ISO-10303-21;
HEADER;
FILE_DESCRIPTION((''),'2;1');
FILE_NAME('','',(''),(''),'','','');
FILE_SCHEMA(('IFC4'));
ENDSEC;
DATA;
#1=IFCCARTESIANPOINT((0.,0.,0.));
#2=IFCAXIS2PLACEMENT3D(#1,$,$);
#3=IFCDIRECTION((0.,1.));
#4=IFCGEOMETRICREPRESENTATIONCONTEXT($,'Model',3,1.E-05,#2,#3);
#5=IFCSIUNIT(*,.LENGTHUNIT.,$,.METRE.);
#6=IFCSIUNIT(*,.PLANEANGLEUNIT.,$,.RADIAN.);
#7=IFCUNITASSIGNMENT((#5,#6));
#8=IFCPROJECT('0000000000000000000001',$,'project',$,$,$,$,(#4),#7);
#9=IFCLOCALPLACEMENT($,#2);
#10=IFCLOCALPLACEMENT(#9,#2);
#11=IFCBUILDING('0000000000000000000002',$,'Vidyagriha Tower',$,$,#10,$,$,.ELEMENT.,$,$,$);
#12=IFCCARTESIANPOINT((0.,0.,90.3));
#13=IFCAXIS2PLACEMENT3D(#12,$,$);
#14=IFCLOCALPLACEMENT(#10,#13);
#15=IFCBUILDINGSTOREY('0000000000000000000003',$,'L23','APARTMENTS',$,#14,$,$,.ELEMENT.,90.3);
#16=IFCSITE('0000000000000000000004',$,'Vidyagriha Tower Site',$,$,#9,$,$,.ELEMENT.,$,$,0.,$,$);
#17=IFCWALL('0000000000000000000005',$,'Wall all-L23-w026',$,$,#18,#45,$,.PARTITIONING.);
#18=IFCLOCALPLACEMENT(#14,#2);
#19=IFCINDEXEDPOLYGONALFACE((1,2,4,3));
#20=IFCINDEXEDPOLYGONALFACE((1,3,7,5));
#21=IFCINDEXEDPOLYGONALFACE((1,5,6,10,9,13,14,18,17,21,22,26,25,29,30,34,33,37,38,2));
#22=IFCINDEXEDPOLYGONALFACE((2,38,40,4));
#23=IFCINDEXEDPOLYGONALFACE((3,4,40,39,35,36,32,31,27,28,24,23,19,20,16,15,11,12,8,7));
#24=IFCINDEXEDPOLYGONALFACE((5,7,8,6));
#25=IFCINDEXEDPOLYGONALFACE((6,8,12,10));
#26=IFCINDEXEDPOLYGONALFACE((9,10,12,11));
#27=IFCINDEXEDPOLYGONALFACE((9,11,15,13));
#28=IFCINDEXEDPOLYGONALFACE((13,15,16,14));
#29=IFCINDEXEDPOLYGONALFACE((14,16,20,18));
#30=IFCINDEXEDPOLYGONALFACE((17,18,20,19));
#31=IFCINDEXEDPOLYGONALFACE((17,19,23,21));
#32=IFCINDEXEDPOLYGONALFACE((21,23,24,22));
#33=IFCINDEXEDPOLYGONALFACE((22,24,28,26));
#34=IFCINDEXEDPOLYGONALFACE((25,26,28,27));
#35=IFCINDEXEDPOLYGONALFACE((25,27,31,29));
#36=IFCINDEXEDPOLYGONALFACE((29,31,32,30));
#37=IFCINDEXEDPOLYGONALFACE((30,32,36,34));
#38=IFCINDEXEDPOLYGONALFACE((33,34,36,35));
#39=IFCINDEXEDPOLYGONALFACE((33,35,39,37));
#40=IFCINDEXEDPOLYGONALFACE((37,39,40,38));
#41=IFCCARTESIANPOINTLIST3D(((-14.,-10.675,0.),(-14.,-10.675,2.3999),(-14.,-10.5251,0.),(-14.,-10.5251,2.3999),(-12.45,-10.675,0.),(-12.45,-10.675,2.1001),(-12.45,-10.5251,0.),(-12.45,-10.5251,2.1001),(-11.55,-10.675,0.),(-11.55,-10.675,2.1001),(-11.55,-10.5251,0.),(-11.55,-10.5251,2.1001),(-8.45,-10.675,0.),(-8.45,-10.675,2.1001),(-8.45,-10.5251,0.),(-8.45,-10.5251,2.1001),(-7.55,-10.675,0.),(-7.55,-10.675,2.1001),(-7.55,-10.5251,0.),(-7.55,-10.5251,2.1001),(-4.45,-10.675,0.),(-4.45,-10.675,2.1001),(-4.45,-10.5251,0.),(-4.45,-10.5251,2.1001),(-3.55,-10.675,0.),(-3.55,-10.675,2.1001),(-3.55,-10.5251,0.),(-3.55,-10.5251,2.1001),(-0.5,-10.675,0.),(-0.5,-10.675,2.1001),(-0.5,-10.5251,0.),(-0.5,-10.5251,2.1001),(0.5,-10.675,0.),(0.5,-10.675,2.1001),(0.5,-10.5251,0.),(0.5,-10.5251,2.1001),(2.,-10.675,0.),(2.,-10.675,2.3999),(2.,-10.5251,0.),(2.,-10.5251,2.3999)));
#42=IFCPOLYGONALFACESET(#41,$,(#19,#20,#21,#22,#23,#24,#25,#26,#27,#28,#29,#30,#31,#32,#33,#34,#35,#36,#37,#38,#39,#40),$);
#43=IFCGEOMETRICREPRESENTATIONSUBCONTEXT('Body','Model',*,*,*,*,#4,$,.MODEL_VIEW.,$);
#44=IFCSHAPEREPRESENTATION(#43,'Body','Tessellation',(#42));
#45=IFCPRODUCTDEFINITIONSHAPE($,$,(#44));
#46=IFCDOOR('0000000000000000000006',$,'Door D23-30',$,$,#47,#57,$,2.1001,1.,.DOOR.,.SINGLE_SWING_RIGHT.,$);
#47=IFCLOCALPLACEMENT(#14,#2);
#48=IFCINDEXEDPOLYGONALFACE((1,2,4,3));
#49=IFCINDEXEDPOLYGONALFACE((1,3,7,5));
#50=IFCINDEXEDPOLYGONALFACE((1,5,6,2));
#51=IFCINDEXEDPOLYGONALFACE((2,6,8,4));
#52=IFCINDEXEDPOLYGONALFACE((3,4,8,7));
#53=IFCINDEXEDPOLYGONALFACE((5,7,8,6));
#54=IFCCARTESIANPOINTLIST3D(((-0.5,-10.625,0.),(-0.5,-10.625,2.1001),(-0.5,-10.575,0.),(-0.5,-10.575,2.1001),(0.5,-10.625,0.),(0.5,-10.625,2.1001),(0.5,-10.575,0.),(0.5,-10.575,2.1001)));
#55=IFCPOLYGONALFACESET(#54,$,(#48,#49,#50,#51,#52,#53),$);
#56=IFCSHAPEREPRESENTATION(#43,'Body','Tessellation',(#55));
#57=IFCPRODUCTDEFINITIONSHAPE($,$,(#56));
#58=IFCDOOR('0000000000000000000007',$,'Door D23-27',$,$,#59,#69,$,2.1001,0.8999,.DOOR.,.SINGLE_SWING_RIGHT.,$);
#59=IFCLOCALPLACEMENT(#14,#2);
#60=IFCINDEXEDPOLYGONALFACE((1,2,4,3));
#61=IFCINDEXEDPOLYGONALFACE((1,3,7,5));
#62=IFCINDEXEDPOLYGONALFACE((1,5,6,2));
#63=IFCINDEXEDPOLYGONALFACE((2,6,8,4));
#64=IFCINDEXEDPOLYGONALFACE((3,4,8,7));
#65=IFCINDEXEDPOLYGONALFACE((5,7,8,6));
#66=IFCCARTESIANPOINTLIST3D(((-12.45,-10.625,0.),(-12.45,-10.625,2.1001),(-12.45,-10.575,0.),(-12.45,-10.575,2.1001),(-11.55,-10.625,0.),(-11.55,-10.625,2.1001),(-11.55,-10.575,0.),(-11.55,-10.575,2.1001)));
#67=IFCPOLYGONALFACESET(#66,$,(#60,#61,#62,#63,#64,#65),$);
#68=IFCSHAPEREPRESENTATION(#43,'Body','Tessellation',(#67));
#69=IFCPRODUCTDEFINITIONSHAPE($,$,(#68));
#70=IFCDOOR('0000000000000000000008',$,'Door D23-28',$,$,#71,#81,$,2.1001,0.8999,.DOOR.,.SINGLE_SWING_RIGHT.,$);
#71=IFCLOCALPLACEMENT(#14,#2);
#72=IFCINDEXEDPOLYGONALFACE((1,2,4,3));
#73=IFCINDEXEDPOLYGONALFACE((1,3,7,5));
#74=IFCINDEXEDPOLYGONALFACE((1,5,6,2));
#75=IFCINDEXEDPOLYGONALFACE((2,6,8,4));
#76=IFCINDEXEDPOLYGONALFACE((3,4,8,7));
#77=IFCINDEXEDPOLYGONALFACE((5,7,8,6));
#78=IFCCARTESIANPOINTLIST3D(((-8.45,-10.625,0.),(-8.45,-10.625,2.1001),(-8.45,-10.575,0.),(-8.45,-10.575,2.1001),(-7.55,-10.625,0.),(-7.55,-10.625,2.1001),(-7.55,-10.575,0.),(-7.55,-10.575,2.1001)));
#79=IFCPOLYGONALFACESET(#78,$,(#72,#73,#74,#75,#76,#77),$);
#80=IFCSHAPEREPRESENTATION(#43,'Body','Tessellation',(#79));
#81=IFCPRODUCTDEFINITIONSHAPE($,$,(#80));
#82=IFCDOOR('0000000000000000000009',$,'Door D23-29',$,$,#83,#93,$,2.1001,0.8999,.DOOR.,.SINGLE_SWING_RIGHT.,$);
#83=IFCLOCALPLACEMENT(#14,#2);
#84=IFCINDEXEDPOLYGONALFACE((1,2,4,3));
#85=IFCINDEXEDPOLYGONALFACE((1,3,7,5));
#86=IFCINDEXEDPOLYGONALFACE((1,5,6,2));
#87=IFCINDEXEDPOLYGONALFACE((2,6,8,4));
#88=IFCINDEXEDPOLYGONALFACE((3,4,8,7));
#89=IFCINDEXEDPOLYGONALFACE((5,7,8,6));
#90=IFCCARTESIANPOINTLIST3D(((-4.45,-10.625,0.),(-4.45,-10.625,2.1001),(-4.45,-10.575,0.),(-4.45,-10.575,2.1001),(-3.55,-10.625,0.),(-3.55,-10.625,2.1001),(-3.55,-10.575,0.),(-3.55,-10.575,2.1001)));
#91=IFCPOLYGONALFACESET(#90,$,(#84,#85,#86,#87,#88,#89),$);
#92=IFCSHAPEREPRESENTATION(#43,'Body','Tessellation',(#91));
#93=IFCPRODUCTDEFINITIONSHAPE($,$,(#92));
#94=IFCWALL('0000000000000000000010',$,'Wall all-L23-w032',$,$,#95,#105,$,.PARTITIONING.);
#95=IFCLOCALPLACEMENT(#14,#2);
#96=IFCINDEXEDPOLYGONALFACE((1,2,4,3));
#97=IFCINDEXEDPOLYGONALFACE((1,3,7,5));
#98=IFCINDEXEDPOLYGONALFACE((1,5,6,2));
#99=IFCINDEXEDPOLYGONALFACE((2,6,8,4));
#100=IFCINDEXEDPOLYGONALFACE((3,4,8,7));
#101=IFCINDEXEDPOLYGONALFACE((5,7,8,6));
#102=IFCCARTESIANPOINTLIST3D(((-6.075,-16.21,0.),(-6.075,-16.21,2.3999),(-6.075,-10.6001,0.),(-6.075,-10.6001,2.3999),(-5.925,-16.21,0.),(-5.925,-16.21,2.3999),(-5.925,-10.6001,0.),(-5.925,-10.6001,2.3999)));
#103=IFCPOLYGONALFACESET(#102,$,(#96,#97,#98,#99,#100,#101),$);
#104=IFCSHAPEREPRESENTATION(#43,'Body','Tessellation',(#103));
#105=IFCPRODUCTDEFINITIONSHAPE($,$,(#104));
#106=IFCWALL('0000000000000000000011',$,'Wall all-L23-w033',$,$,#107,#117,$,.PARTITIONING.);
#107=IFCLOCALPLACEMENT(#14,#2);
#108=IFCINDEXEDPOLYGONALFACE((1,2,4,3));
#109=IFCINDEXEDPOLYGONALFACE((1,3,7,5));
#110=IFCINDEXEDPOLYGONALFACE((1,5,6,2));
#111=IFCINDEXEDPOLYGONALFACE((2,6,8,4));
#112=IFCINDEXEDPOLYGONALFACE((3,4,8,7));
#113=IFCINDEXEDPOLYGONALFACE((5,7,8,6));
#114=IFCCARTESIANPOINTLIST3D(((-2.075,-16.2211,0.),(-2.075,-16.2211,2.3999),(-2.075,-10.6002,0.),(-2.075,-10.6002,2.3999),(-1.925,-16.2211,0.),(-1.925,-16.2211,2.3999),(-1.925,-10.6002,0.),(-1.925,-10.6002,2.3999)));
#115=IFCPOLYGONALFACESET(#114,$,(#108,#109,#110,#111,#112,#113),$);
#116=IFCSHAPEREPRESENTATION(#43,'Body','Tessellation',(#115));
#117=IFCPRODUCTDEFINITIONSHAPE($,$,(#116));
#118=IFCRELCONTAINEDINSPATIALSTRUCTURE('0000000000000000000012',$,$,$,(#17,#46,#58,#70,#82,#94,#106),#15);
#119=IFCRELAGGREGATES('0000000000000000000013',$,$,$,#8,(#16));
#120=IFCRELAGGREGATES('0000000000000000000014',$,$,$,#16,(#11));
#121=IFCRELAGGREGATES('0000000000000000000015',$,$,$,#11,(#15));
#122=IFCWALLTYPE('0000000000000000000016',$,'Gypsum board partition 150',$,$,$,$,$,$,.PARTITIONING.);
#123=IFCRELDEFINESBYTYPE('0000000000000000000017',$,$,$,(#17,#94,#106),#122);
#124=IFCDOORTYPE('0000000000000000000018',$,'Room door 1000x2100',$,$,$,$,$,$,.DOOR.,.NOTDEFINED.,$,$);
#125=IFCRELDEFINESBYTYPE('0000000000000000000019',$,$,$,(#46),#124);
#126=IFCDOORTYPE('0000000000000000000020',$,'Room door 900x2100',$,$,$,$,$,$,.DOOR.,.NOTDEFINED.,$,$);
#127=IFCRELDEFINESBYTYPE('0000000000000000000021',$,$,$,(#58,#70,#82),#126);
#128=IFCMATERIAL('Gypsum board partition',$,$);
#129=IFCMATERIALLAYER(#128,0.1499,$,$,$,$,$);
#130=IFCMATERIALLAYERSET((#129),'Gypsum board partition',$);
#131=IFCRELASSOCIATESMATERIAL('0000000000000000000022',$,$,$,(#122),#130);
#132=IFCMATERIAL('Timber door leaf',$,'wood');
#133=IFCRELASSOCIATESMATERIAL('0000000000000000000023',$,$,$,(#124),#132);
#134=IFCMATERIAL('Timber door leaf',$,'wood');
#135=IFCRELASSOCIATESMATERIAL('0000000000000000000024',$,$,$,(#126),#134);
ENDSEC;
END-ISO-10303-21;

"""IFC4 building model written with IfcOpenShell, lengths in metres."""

from ifc_helpers import new_model, si_unit, direction, frame, frame_2d, origin, place, context, subcontext, project, spatial, rectangle, extrude, material, layer, layer_set, type_object, element, fill, save


model = new_model("IFC4")

# Units and contexts
model_context = context("Model", 3, precision=1e-05, world=origin(), true_north=direction((0.0, 1.0)))
body_context = subcontext(model_context, "Body", "Model", "MODEL_VIEW")
ifc_project = project(units=[si_unit("LENGTHUNIT", "METRE"), si_unit("PLANEANGLEUNIT", "RADIAN")], contexts=[model_context])

# Site, building, storey
site_placement = place(None, origin())
site = spatial("IfcSite", under=ifc_project, at=site_placement, Name="Vidyagriha Tower Site", CompositionType="ELEMENT", RefElevation=0.0)
building_placement = place(site_placement, origin())
building = spatial("IfcBuilding", under=site, at=building_placement, Name="Vidyagriha Tower", CompositionType="ELEMENT")
storey_placement = place(building_placement, frame((0.0, 0.0, 90.3)))
storey = spatial("IfcBuildingStorey", under=building, at=storey_placement, Name="L23", Description="APARTMENTS", CompositionType="ELEMENT", Elevation=90.3)

# Wall, openings, doors
ifc_material_1 = material(Name="Gypsum board partition")
ifc_layer_1 = layer(ifc_material_1, 0.1499)
ifc_layer_set_1 = layer_set([ifc_layer_1], Name="Gypsum board partition")
wall_type_1 = type_object("IfcWallType", Name="Gypsum board partition 150", PredefinedType="PARTITIONING", material=ifc_layer_set_1)
wall_1_placement = place(storey_placement, frame((2.0, -10.6001, 0.0), z_axis=(0.0, 0.0, 1.0), x_axis=(-1.0, 0.0, 0.0)))
wall_1 = element("IfcWall", 1, at=wall_1_placement, inside=storey, type_object=wall_type_1, Name="Wall all-L23-w026", PredefinedType="PARTITIONING", context=body_context, shape_type="SweptSolid", body=[
    extrude(rectangle(XDim=16.0, YDim=0.1499, at=frame_2d((8.0, 0.0))), origin(), (0.0, 0.0, 1.0), 2.3999),
])
opening_1_placement = place(wall_1_placement, frame((13.55, 0.0, 0.0)))
opening_1 = element("IfcOpeningElement", 2, at=opening_1_placement, cuts=wall_1, PredefinedType="OPENING", context=body_context, shape_type="SweptSolid", body=[
    extrude(rectangle(XDim=0.8999, YDim=2.1001, at=frame_2d((0.45, 1.05))), frame((0.0, 0.085, 0.0), z_axis=(0.0, -1.0, 0.0), x_axis=(1.0, 0.0, 0.0)), (0.0, 0.0, 1.0), 0.1699),
])
opening_2_placement = place(wall_1_placement, frame((9.55, 0.0, 0.0)))
opening_2 = element("IfcOpeningElement", 3, at=opening_2_placement, cuts=wall_1, PredefinedType="OPENING", context=body_context, shape_type="SweptSolid", body=[
    extrude(rectangle(XDim=0.8999, YDim=2.1001, at=frame_2d((0.45, 1.05))), frame((0.0, 0.085, 0.0), z_axis=(0.0, -1.0, 0.0), x_axis=(1.0, 0.0, 0.0)), (0.0, 0.0, 1.0), 0.1699),
])
opening_3_placement = place(wall_1_placement, frame((5.55, 0.0, 0.0)))
opening_3 = element("IfcOpeningElement", 4, at=opening_3_placement, cuts=wall_1, PredefinedType="OPENING", context=body_context, shape_type="SweptSolid", body=[
    extrude(rectangle(XDim=0.8999, YDim=2.1001, at=frame_2d((0.45, 1.05))), frame((0.0, 0.085, 0.0), z_axis=(0.0, -1.0, 0.0), x_axis=(1.0, 0.0, 0.0)), (0.0, 0.0, 1.0), 0.1699),
])
opening_4_placement = place(wall_1_placement, frame((1.5, 0.0, 0.0)))
opening_4 = element("IfcOpeningElement", 5, at=opening_4_placement, cuts=wall_1, PredefinedType="OPENING", context=body_context, shape_type="SweptSolid", body=[
    extrude(rectangle(XDim=1.0, YDim=2.1001, at=frame_2d((0.5, 1.05))), frame((0.0, 0.085, 0.0), z_axis=(0.0, -1.0, 0.0), x_axis=(1.0, 0.0, 0.0)), (0.0, 0.0, 1.0), 0.1699),
])
ifc_material_2 = material(Name="Timber door leaf", Category="wood")
door_type_1 = type_object("IfcDoorType", Name="Room door 1000x2100", OperationType="NOTDEFINED", PredefinedType="DOOR", material=ifc_material_2)
door_1_placement = place(opening_4_placement, origin())
door_1 = element("IfcDoor", 6, at=door_1_placement, inside=storey, type_object=door_type_1, Name="Door D23-30", OperationType="SINGLE_SWING_RIGHT", OverallHeight=2.1001, OverallWidth=1.0, PredefinedType="DOOR", context=body_context, shape_type="SweptSolid", body=[
    extrude(rectangle(XDim=1.0, YDim=2.1001, at=frame_2d((0.5, 1.05))), frame((0.0, 0.0249, 0.0), z_axis=(0.0, -1.0, 0.0), x_axis=(1.0, 0.0, 0.0)), (0.0, 0.0, 1.0), 0.05),
])
fill(opening_4, door_1)
ifc_material_3 = material(Name="Timber door leaf", Category="wood")
door_type_2 = type_object("IfcDoorType", Name="Room door 900x2100", OperationType="NOTDEFINED", PredefinedType="DOOR", material=ifc_material_3)
door_2_placement = place(opening_1_placement, origin())
door_2 = element("IfcDoor", 7, at=door_2_placement, inside=storey, type_object=door_type_2, Name="Door D23-27", OperationType="SINGLE_SWING_RIGHT", OverallHeight=2.1001, OverallWidth=0.8999, PredefinedType="DOOR", context=body_context, shape_type="SweptSolid", body=[
    extrude(rectangle(XDim=0.8999, YDim=2.1001, at=frame_2d((0.45, 1.05))), frame((0.0, 0.0249, 0.0), z_axis=(0.0, -1.0, 0.0), x_axis=(1.0, 0.0, 0.0)), (0.0, 0.0, 1.0), 0.05),
])
fill(opening_1, door_2)
door_3_placement = place(opening_2_placement, origin())
door_3 = element("IfcDoor", 8, at=door_3_placement, inside=storey, type_object=door_type_2, Name="Door D23-28", OperationType="SINGLE_SWING_RIGHT", OverallHeight=2.1001, OverallWidth=0.8999, PredefinedType="DOOR", context=body_context, shape_type="SweptSolid", body=[
    extrude(rectangle(XDim=0.8999, YDim=2.1001, at=frame_2d((0.45, 1.05))), frame((0.0, 0.0249, 0.0), z_axis=(0.0, -1.0, 0.0), x_axis=(1.0, 0.0, 0.0)), (0.0, 0.0, 1.0), 0.05),
])
fill(opening_2, door_3)
door_4_placement = place(opening_3_placement, origin())
door_4 = element("IfcDoor", 9, at=door_4_placement, inside=storey, type_object=door_type_2, Name="Door D23-29", OperationType="SINGLE_SWING_RIGHT", OverallHeight=2.1001, OverallWidth=0.8999, PredefinedType="DOOR", context=body_context, shape_type="SweptSolid", body=[
    extrude(rectangle(XDim=0.8999, YDim=2.1001, at=frame_2d((0.45, 1.05))), frame((0.0, 0.0249, 0.0), z_axis=(0.0, -1.0, 0.0), x_axis=(1.0, 0.0, 0.0)), (0.0, 0.0, 1.0), 0.05),
])
fill(opening_3, door_4)

# Walls
wall_2_placement = place(storey_placement, frame((-6.0, -10.6001, 0.0), z_axis=(0.0, 0.0, 1.0), x_axis=(0.0, -1.0, 0.0)))
element("IfcWall", 10, at=wall_2_placement, inside=storey, type_object=wall_type_1, Name="Wall all-L23-w032", PredefinedType="PARTITIONING", context=body_context, shape_type="SweptSolid", body=[
    extrude(rectangle(XDim=5.6099, YDim=0.1499, at=frame_2d((2.8049, 0.0))), origin(), (0.0, 0.0, 1.0), 2.3999),
])
wall_3_placement = place(storey_placement, frame((-2.0, -10.6001, 0.0), z_axis=(0.0, 0.0, 1.0), x_axis=(0.0, -1.0, 0.0)))
element("IfcWall", 11, at=wall_3_placement, inside=storey, type_object=wall_type_1, Name="Wall all-L23-w033", PredefinedType="PARTITIONING", context=body_context, shape_type="SweptSolid", body=[
    extrude(rectangle(XDim=5.6208, YDim=0.1499, at=frame_2d((2.8105, 0.0))), origin(), (0.0, 0.0, 1.0), 2.3999),
])

save(model, "model.ifc")
